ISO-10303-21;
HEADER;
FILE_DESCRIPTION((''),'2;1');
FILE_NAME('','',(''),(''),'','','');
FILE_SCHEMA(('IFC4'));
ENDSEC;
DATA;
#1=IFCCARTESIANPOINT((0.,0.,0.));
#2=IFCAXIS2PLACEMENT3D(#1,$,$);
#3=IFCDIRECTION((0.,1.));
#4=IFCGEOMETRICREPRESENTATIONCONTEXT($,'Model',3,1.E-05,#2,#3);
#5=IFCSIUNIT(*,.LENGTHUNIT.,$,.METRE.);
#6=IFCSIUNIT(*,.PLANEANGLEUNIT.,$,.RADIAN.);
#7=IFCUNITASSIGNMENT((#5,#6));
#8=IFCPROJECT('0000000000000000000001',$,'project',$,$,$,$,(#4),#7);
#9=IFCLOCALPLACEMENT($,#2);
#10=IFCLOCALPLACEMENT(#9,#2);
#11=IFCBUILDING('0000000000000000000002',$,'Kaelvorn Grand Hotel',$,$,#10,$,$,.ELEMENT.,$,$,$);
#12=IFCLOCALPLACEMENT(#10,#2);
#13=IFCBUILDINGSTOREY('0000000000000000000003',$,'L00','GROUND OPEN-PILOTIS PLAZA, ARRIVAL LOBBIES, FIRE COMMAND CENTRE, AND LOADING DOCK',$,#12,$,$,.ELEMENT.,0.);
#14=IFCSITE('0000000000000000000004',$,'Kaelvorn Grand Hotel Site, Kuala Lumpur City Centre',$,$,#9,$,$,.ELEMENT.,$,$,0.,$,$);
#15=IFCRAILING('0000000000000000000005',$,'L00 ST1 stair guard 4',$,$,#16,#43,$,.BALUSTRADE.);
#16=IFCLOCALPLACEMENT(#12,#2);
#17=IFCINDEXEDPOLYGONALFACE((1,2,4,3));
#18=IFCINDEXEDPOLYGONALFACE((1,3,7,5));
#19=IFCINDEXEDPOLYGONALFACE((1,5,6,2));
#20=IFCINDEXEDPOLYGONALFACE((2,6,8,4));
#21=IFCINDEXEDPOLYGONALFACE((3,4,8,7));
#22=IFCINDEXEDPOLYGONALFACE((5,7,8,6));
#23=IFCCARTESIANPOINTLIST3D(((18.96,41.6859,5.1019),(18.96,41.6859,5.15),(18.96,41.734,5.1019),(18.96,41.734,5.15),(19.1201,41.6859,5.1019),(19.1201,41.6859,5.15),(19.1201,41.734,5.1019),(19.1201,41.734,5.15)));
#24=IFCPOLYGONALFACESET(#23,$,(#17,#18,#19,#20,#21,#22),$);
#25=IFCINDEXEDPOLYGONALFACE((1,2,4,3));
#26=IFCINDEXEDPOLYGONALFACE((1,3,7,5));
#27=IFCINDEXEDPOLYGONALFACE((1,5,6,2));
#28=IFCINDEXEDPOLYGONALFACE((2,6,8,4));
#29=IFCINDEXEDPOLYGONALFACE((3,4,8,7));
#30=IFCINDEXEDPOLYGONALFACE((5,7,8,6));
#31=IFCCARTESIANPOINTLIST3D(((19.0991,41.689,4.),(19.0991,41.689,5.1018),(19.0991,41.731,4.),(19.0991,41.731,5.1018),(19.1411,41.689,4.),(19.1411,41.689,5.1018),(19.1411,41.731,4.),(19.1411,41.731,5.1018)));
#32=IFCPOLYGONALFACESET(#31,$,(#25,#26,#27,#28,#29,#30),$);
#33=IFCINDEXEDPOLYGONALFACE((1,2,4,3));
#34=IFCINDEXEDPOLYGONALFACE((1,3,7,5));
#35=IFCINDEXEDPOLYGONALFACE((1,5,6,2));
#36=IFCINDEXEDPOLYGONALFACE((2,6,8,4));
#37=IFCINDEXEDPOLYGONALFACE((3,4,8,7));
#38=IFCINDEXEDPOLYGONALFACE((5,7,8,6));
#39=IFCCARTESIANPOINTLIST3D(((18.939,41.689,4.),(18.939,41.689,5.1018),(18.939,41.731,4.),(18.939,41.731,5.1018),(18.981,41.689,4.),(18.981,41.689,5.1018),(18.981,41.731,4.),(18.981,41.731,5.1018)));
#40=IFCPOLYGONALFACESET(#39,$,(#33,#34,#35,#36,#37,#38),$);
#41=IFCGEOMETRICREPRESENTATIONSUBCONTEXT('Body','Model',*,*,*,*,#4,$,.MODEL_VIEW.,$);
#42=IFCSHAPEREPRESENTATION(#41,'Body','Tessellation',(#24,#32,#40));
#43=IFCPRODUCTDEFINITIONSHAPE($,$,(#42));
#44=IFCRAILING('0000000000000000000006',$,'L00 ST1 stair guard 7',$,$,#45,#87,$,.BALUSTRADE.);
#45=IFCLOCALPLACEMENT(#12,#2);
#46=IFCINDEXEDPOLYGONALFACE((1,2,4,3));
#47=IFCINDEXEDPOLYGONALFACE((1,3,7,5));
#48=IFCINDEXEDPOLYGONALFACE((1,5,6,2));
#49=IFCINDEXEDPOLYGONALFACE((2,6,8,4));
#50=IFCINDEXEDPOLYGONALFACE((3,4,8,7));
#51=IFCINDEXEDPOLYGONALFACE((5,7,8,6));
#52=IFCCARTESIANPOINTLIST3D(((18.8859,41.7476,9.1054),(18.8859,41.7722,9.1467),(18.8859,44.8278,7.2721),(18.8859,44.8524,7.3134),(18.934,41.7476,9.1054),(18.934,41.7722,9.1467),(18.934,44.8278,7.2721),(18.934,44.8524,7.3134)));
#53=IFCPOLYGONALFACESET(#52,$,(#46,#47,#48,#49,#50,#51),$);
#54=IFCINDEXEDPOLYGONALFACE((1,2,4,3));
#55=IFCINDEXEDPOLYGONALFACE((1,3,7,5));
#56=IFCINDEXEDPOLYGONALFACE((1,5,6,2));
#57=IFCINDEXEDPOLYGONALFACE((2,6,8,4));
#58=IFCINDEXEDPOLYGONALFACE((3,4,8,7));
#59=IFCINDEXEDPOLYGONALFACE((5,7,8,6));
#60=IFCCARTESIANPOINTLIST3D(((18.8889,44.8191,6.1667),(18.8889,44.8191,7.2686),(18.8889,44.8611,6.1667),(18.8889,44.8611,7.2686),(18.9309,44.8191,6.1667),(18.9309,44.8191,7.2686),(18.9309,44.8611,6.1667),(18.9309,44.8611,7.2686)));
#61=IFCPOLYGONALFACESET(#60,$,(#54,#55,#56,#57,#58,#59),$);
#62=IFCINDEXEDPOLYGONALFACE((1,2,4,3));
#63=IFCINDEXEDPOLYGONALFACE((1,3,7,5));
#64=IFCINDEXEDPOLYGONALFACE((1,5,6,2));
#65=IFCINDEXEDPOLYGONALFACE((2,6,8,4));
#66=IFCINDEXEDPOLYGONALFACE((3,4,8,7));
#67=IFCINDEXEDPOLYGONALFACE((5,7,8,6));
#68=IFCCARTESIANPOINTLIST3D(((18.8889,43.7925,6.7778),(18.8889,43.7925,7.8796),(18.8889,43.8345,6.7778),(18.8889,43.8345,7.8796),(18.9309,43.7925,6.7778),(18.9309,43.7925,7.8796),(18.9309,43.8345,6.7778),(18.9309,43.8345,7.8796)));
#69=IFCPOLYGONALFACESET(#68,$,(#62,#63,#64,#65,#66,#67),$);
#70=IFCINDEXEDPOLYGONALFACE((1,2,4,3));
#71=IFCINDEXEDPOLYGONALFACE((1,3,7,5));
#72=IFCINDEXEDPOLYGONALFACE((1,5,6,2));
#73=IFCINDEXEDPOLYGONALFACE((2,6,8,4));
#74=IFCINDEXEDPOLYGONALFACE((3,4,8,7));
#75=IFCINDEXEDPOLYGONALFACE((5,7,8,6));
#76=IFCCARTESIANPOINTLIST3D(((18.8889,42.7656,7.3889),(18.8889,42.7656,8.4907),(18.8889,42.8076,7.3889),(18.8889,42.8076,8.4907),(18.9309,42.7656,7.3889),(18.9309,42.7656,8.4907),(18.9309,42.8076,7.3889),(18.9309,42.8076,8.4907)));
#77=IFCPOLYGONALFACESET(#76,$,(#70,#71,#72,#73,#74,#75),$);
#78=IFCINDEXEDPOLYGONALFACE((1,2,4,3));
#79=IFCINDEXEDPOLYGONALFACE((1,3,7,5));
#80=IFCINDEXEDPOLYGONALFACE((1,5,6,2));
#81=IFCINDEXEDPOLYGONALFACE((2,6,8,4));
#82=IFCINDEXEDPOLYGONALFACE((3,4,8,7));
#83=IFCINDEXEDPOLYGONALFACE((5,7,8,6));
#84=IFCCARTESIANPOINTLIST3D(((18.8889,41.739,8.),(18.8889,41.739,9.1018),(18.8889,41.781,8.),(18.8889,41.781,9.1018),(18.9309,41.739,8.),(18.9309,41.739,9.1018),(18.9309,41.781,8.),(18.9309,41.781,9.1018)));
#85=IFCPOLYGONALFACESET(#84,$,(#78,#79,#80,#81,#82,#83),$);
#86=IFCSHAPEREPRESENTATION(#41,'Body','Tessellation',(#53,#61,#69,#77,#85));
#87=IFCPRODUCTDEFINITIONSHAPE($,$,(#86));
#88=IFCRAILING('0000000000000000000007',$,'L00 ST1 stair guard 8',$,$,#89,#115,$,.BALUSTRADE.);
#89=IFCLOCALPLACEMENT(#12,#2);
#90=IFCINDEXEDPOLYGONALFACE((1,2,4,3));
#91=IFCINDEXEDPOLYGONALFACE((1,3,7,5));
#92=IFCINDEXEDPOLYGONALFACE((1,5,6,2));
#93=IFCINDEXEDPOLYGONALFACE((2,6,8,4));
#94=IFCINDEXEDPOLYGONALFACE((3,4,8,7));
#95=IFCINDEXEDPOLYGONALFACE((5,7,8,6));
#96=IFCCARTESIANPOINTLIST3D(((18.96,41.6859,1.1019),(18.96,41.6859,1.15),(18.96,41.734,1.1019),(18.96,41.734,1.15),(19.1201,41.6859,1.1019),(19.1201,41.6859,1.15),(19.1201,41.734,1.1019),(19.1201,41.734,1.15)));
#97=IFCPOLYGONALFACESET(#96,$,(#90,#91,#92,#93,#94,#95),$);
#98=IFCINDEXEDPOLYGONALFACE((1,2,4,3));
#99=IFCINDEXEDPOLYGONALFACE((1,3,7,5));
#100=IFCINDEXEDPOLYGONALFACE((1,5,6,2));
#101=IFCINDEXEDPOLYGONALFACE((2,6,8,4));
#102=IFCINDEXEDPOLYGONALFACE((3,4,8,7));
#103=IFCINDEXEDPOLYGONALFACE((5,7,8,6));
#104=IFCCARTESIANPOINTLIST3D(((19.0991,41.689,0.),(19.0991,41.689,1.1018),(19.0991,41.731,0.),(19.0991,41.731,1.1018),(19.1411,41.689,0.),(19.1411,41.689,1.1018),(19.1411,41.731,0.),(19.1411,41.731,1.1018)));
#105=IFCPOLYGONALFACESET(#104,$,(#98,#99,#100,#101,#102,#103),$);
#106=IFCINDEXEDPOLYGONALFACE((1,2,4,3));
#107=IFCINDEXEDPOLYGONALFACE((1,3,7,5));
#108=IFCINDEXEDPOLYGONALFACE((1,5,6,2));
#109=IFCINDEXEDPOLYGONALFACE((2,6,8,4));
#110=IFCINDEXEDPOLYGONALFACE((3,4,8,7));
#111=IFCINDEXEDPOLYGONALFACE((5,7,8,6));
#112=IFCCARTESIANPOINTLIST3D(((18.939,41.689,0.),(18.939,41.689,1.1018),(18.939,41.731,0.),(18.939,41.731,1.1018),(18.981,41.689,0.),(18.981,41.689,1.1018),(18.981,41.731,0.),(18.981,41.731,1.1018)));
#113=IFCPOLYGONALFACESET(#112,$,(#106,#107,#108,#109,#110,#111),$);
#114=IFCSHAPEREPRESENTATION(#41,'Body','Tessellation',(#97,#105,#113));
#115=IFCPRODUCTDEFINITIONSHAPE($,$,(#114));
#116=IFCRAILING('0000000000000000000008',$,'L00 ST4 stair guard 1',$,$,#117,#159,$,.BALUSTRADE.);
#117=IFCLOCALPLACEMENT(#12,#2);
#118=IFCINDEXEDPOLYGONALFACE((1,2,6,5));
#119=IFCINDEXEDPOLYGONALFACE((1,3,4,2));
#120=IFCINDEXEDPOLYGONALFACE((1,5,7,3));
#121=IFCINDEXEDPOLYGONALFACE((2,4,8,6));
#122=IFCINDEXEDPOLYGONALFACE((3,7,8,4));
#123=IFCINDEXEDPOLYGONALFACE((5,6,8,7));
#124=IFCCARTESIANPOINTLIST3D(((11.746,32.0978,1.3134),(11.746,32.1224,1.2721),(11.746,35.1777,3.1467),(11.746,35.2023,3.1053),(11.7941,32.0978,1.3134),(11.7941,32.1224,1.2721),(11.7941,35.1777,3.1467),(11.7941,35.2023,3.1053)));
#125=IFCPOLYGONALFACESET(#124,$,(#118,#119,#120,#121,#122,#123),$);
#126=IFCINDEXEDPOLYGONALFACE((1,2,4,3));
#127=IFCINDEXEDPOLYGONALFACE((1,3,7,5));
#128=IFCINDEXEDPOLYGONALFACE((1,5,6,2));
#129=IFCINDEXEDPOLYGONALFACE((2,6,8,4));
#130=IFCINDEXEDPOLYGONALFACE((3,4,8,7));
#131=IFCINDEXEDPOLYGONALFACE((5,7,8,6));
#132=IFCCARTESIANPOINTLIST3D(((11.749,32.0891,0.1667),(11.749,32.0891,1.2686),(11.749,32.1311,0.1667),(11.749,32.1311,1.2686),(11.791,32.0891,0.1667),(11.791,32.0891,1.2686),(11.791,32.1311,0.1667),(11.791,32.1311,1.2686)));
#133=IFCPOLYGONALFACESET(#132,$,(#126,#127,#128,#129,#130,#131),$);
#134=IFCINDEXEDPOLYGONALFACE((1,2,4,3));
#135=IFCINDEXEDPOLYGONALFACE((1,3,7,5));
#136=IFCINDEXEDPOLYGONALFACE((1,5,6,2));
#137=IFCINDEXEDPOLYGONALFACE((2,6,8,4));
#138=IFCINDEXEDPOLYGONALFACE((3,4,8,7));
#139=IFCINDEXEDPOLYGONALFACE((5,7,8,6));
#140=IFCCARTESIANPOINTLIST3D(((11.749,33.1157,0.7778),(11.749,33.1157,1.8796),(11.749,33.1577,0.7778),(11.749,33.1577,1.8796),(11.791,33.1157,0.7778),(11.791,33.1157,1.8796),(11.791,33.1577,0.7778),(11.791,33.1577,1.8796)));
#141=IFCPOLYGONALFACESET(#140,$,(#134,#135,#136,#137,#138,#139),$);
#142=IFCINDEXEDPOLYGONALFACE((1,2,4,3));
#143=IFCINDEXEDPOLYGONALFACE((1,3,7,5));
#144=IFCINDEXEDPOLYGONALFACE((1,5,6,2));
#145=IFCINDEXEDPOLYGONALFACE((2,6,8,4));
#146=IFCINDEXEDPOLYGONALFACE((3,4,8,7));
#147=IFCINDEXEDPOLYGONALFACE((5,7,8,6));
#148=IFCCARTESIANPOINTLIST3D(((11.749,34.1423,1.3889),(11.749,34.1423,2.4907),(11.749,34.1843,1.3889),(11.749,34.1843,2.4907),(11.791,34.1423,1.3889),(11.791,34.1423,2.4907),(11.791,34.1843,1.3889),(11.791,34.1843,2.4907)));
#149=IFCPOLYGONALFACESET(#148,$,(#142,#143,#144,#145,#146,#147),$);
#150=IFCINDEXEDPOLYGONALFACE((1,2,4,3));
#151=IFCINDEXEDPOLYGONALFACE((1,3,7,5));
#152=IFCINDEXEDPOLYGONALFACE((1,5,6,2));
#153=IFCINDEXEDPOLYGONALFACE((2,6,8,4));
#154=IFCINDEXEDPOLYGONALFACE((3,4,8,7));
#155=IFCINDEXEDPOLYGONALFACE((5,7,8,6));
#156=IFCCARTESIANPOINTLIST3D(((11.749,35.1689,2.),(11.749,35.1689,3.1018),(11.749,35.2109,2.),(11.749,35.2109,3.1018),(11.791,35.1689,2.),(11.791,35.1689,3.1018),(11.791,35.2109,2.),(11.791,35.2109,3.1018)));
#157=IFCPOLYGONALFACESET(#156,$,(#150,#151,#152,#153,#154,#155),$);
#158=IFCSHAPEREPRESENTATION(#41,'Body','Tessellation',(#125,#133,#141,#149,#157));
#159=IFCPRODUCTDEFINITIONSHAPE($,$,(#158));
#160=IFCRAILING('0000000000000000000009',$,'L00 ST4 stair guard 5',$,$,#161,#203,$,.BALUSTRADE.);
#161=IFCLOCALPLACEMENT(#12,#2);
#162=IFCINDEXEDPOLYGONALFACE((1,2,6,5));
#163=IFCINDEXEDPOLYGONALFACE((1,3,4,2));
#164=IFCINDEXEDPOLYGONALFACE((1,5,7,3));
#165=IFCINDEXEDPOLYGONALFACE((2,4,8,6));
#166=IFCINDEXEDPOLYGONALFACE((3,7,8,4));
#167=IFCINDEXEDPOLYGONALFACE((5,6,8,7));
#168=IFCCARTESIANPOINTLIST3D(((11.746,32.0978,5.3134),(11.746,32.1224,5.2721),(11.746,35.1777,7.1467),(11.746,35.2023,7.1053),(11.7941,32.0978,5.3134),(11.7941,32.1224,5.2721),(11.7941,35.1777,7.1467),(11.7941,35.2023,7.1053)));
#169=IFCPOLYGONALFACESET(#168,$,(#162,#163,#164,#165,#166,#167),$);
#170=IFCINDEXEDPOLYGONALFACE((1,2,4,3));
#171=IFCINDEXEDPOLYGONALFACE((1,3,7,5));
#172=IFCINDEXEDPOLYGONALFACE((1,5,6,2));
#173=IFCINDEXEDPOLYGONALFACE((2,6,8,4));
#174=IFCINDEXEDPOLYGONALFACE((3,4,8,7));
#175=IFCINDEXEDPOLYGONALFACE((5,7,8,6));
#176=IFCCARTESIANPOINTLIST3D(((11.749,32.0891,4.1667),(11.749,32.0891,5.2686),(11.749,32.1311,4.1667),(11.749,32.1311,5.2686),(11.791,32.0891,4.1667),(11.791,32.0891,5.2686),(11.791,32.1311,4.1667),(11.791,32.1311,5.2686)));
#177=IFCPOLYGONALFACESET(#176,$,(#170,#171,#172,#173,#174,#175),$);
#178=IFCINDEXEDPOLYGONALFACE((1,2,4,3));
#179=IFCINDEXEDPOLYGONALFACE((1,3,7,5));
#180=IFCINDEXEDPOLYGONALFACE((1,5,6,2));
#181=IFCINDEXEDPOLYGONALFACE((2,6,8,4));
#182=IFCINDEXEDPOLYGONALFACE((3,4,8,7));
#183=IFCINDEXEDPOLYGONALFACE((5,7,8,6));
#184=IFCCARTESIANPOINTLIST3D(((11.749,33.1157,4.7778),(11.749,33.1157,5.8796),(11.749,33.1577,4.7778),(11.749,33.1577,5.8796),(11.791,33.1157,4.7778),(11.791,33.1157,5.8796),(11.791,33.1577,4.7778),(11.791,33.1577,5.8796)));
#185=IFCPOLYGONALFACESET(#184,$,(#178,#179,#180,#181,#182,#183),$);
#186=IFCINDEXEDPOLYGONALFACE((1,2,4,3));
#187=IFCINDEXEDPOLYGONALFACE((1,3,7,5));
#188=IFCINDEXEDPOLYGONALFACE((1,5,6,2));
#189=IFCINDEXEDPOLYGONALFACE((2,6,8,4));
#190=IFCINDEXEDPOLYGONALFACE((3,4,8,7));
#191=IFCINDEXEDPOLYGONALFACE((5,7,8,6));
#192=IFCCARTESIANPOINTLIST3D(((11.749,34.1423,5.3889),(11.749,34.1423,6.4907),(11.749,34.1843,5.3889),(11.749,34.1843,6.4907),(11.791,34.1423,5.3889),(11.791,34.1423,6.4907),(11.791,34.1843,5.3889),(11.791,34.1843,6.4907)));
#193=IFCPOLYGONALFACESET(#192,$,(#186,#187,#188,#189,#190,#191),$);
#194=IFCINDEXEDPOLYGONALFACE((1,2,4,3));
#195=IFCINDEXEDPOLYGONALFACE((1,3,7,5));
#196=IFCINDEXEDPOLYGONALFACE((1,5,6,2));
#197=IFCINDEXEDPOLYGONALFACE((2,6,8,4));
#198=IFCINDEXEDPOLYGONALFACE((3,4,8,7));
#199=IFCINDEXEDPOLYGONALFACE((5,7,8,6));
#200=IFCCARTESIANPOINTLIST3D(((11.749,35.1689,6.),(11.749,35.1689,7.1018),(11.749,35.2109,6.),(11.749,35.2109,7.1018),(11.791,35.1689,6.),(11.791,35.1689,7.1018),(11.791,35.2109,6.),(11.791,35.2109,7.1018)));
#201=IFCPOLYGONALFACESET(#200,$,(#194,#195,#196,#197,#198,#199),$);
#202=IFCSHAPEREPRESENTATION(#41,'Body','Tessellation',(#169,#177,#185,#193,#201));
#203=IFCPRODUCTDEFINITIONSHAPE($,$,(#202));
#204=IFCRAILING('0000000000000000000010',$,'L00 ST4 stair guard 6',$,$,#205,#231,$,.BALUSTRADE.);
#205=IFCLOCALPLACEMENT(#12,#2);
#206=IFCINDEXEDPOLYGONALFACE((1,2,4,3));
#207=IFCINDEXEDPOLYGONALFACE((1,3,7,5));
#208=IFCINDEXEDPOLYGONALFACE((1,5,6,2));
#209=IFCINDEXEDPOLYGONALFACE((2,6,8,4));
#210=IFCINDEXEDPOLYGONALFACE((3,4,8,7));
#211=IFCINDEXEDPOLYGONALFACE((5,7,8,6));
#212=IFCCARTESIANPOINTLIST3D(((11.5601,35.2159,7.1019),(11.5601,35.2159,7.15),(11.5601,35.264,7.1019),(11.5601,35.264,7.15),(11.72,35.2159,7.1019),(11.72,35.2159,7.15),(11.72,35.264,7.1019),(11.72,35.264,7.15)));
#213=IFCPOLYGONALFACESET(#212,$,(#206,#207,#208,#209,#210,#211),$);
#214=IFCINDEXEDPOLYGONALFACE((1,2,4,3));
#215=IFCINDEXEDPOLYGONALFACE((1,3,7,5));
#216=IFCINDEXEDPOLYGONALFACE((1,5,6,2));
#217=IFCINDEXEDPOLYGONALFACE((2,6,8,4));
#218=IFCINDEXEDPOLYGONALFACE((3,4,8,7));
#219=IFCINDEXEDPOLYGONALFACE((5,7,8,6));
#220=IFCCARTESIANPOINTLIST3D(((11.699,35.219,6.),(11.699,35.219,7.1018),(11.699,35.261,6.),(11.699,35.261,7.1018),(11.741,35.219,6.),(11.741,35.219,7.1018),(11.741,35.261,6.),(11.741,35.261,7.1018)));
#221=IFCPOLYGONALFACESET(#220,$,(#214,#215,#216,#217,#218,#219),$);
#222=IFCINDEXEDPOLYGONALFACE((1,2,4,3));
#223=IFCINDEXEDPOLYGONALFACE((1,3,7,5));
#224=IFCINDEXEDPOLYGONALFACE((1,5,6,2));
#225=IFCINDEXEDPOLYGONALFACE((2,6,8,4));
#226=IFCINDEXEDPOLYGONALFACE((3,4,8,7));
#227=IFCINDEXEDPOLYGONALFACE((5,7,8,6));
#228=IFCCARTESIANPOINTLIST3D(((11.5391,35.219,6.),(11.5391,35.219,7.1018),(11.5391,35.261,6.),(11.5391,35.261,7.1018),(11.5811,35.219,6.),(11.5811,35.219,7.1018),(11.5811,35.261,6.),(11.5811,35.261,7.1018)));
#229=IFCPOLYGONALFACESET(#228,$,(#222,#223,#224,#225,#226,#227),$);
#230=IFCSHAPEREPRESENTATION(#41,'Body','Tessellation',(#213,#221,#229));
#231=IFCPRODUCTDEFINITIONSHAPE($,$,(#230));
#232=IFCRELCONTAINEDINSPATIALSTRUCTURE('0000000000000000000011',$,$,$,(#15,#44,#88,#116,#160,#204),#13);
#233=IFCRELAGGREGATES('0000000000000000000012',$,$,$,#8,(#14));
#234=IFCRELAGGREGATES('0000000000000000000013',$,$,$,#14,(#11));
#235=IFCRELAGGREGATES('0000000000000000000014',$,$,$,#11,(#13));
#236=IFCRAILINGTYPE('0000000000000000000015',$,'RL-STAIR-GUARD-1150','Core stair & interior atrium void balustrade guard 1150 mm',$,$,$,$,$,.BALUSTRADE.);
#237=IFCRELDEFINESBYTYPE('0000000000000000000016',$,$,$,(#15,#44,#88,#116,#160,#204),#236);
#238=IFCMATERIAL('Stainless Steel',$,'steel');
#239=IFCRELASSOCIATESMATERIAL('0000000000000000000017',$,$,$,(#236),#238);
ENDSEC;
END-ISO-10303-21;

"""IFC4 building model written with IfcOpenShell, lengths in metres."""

from ifc_helpers import new_model, si_unit, direction, frame, origin, origin_2d, place, context, subcontext, project, spatial, rectangle, extrude, material, type_object, element, save


model = new_model("IFC4")

# Units and contexts
model_context = context("Model", 3, precision=1e-05, world=origin(), true_north=direction((0.0, 1.0)))
body_context = subcontext(model_context, "Body", "Model", "MODEL_VIEW")
ifc_project = project(units=[si_unit("LENGTHUNIT", "METRE"), si_unit("PLANEANGLEUNIT", "RADIAN")], contexts=[model_context])

# Site, building, storey
site_placement = place(None, origin())
site = spatial("IfcSite", under=ifc_project, at=site_placement, Name="Kaelvorn Grand Hotel Site, Kuala Lumpur City Centre", CompositionType="ELEMENT", RefElevation=0.0)
building_placement = place(site_placement, origin())
building = spatial("IfcBuilding", under=site, at=building_placement, Name="Kaelvorn Grand Hotel", CompositionType="ELEMENT")
storey_placement = place(building_placement, origin())
storey = spatial("IfcBuildingStorey", under=building, at=storey_placement, Name="L00", Description="GROUND OPEN-PILOTIS PLAZA, ARRIVAL LOBBIES, FIRE COMMAND CENTRE, AND LOADING DOCK", CompositionType="ELEMENT", Elevation=0.0)

# Railings
ifc_material_1 = material(Name="Stainless Steel", Category="steel")
railing_type_1 = type_object("IfcRailingType", Name="RL-STAIR-GUARD-1150", Description="Core stair & interior atrium void balustrade guard 1150 mm", PredefinedType="BALUSTRADE", material=ifc_material_1)
railing_1_placement = place(storey_placement, frame((19.1201, 41.71, 4.0)))
element("IfcRailing", 1, at=railing_1_placement, inside=storey, type_object=railing_type_1, Name="L00 ST1 stair guard 4", PredefinedType="BALUSTRADE", context=body_context, shape_type="SweptSolid", body=[
    extrude(rectangle(XDim=0.0481, YDim=0.0481, at=origin_2d()), frame((0.0, 0.0, 1.126), z_axis=(-1.0, 0.0, 0.0), x_axis=(0.0, -1.0, 0.0)), (0.0, 0.0, 1.0), 0.1602),
    extrude(rectangle(XDim=0.042, YDim=0.042, at=origin_2d()), origin(), (0.0, 0.0, 1.0), 1.1018),
    extrude(rectangle(XDim=0.042, YDim=0.042, at=origin_2d()), frame((-0.1602, 0.0, 0.0)), (0.0, 0.0, 1.0), 1.1018),
])
railing_2_placement = place(storey_placement, frame((18.9099, 44.8401, 6.1667)))
element("IfcRailing", 2, at=railing_2_placement, inside=storey, type_object=railing_type_1, Name="L00 ST1 stair guard 7", PredefinedType="BALUSTRADE", context=body_context, shape_type="SweptSolid", body=[
    extrude(rectangle(XDim=0.0481, YDim=0.0481, at=origin_2d()), frame((0.0, 0.0, 1.126), z_axis=(0.0, -0.859309, 0.511458), x_axis=(1.0, 0.0, 0.0)), (0.0, 0.0, 1.0), 3.5845),
    extrude(rectangle(XDim=0.042, YDim=0.042, at=origin_2d()), origin(), (0.0, 0.0, 1.0), 1.1018),
    extrude(rectangle(XDim=0.042, YDim=0.042, at=origin_2d()), frame((0.0, -1.0266, 0.6111)), (0.0, 0.0, 1.0), 1.1018),
    extrude(rectangle(XDim=0.042, YDim=0.042, at=origin_2d()), frame((0.0, -2.0535, 1.2222)), (0.0, 0.0, 1.0), 1.1018),
    extrude(rectangle(XDim=0.042, YDim=0.042, at=origin_2d()), frame((0.0, -3.0801, 1.8333)), (0.0, 0.0, 1.0), 1.1018),
])
railing_3_placement = place(storey_placement, frame((19.1201, 41.71, 0.0)))
element("IfcRailing", 3, at=railing_3_placement, inside=storey, type_object=railing_type_1, Name="L00 ST1 stair guard 8", PredefinedType="BALUSTRADE", context=body_context, shape_type="SweptSolid", body=[
    extrude(rectangle(XDim=0.0481, YDim=0.0481, at=origin_2d()), frame((0.0, 0.0, 1.126), z_axis=(-1.0, 0.0, 0.0), x_axis=(0.0, -1.0, 0.0)), (0.0, 0.0, 1.0), 0.1602),
    extrude(rectangle(XDim=0.042, YDim=0.042, at=origin_2d()), origin(), (0.0, 0.0, 1.0), 1.1018),
    extrude(rectangle(XDim=0.042, YDim=0.042, at=origin_2d()), frame((-0.1602, 0.0, 0.0)), (0.0, 0.0, 1.0), 1.1018),
])
for number, where, name in (
    (4, (11.77, 32.1101, 0.1667), "L00 ST4 stair guard 1"),
    (5, (11.77, 32.1101, 4.1667), "L00 ST4 stair guard 5"),
):
    element("IfcRailing", number, at=place(storey_placement, frame(where)), inside=storey, type_object=railing_type_1, Name=name, PredefinedType="BALUSTRADE", context=body_context, shape_type="SweptSolid", body=[
        extrude(rectangle(XDim=0.0481, YDim=0.0481, at=origin_2d()), frame((0.0, 0.0, 1.126), z_axis=(0.0, 0.859291, 0.511487), x_axis=(-1.0, 0.0, 0.0)), (0.0, 0.0, 1.0), 3.5842),
        extrude(rectangle(XDim=0.042, YDim=0.042, at=origin_2d()), origin(), (0.0, 0.0, 1.0), 1.1018),
        extrude(rectangle(XDim=0.042, YDim=0.042, at=origin_2d()), frame((0.0, 1.0266, 0.6111)), (0.0, 0.0, 1.0), 1.1018),
        extrude(rectangle(XDim=0.042, YDim=0.042, at=origin_2d()), frame((0.0, 2.0532, 1.2222)), (0.0, 0.0, 1.0), 1.1018),
        extrude(rectangle(XDim=0.042, YDim=0.042, at=origin_2d()), frame((0.0, 3.0798, 1.8333)), (0.0, 0.0, 1.0), 1.1018),
    ])
railing_4_placement = place(storey_placement, frame((11.72, 35.24, 6.0)))
element("IfcRailing", 6, at=railing_4_placement, inside=storey, type_object=railing_type_1, Name="L00 ST4 stair guard 6", PredefinedType="BALUSTRADE", context=body_context, shape_type="SweptSolid", body=[
    extrude(rectangle(XDim=0.0481, YDim=0.0481, at=origin_2d()), frame((0.0, 0.0, 1.126), z_axis=(-1.0, 0.0, 0.0), x_axis=(0.0, -1.0, 0.0)), (0.0, 0.0, 1.0), 0.1599),
    extrude(rectangle(XDim=0.042, YDim=0.042, at=origin_2d()), origin(), (0.0, 0.0, 1.0), 1.1018),
    extrude(rectangle(XDim=0.042, YDim=0.042, at=origin_2d()), frame((-0.1599, 0.0, 0.0)), (0.0, 0.0, 1.0), 1.1018),
])

save(model, "model.ifc")
